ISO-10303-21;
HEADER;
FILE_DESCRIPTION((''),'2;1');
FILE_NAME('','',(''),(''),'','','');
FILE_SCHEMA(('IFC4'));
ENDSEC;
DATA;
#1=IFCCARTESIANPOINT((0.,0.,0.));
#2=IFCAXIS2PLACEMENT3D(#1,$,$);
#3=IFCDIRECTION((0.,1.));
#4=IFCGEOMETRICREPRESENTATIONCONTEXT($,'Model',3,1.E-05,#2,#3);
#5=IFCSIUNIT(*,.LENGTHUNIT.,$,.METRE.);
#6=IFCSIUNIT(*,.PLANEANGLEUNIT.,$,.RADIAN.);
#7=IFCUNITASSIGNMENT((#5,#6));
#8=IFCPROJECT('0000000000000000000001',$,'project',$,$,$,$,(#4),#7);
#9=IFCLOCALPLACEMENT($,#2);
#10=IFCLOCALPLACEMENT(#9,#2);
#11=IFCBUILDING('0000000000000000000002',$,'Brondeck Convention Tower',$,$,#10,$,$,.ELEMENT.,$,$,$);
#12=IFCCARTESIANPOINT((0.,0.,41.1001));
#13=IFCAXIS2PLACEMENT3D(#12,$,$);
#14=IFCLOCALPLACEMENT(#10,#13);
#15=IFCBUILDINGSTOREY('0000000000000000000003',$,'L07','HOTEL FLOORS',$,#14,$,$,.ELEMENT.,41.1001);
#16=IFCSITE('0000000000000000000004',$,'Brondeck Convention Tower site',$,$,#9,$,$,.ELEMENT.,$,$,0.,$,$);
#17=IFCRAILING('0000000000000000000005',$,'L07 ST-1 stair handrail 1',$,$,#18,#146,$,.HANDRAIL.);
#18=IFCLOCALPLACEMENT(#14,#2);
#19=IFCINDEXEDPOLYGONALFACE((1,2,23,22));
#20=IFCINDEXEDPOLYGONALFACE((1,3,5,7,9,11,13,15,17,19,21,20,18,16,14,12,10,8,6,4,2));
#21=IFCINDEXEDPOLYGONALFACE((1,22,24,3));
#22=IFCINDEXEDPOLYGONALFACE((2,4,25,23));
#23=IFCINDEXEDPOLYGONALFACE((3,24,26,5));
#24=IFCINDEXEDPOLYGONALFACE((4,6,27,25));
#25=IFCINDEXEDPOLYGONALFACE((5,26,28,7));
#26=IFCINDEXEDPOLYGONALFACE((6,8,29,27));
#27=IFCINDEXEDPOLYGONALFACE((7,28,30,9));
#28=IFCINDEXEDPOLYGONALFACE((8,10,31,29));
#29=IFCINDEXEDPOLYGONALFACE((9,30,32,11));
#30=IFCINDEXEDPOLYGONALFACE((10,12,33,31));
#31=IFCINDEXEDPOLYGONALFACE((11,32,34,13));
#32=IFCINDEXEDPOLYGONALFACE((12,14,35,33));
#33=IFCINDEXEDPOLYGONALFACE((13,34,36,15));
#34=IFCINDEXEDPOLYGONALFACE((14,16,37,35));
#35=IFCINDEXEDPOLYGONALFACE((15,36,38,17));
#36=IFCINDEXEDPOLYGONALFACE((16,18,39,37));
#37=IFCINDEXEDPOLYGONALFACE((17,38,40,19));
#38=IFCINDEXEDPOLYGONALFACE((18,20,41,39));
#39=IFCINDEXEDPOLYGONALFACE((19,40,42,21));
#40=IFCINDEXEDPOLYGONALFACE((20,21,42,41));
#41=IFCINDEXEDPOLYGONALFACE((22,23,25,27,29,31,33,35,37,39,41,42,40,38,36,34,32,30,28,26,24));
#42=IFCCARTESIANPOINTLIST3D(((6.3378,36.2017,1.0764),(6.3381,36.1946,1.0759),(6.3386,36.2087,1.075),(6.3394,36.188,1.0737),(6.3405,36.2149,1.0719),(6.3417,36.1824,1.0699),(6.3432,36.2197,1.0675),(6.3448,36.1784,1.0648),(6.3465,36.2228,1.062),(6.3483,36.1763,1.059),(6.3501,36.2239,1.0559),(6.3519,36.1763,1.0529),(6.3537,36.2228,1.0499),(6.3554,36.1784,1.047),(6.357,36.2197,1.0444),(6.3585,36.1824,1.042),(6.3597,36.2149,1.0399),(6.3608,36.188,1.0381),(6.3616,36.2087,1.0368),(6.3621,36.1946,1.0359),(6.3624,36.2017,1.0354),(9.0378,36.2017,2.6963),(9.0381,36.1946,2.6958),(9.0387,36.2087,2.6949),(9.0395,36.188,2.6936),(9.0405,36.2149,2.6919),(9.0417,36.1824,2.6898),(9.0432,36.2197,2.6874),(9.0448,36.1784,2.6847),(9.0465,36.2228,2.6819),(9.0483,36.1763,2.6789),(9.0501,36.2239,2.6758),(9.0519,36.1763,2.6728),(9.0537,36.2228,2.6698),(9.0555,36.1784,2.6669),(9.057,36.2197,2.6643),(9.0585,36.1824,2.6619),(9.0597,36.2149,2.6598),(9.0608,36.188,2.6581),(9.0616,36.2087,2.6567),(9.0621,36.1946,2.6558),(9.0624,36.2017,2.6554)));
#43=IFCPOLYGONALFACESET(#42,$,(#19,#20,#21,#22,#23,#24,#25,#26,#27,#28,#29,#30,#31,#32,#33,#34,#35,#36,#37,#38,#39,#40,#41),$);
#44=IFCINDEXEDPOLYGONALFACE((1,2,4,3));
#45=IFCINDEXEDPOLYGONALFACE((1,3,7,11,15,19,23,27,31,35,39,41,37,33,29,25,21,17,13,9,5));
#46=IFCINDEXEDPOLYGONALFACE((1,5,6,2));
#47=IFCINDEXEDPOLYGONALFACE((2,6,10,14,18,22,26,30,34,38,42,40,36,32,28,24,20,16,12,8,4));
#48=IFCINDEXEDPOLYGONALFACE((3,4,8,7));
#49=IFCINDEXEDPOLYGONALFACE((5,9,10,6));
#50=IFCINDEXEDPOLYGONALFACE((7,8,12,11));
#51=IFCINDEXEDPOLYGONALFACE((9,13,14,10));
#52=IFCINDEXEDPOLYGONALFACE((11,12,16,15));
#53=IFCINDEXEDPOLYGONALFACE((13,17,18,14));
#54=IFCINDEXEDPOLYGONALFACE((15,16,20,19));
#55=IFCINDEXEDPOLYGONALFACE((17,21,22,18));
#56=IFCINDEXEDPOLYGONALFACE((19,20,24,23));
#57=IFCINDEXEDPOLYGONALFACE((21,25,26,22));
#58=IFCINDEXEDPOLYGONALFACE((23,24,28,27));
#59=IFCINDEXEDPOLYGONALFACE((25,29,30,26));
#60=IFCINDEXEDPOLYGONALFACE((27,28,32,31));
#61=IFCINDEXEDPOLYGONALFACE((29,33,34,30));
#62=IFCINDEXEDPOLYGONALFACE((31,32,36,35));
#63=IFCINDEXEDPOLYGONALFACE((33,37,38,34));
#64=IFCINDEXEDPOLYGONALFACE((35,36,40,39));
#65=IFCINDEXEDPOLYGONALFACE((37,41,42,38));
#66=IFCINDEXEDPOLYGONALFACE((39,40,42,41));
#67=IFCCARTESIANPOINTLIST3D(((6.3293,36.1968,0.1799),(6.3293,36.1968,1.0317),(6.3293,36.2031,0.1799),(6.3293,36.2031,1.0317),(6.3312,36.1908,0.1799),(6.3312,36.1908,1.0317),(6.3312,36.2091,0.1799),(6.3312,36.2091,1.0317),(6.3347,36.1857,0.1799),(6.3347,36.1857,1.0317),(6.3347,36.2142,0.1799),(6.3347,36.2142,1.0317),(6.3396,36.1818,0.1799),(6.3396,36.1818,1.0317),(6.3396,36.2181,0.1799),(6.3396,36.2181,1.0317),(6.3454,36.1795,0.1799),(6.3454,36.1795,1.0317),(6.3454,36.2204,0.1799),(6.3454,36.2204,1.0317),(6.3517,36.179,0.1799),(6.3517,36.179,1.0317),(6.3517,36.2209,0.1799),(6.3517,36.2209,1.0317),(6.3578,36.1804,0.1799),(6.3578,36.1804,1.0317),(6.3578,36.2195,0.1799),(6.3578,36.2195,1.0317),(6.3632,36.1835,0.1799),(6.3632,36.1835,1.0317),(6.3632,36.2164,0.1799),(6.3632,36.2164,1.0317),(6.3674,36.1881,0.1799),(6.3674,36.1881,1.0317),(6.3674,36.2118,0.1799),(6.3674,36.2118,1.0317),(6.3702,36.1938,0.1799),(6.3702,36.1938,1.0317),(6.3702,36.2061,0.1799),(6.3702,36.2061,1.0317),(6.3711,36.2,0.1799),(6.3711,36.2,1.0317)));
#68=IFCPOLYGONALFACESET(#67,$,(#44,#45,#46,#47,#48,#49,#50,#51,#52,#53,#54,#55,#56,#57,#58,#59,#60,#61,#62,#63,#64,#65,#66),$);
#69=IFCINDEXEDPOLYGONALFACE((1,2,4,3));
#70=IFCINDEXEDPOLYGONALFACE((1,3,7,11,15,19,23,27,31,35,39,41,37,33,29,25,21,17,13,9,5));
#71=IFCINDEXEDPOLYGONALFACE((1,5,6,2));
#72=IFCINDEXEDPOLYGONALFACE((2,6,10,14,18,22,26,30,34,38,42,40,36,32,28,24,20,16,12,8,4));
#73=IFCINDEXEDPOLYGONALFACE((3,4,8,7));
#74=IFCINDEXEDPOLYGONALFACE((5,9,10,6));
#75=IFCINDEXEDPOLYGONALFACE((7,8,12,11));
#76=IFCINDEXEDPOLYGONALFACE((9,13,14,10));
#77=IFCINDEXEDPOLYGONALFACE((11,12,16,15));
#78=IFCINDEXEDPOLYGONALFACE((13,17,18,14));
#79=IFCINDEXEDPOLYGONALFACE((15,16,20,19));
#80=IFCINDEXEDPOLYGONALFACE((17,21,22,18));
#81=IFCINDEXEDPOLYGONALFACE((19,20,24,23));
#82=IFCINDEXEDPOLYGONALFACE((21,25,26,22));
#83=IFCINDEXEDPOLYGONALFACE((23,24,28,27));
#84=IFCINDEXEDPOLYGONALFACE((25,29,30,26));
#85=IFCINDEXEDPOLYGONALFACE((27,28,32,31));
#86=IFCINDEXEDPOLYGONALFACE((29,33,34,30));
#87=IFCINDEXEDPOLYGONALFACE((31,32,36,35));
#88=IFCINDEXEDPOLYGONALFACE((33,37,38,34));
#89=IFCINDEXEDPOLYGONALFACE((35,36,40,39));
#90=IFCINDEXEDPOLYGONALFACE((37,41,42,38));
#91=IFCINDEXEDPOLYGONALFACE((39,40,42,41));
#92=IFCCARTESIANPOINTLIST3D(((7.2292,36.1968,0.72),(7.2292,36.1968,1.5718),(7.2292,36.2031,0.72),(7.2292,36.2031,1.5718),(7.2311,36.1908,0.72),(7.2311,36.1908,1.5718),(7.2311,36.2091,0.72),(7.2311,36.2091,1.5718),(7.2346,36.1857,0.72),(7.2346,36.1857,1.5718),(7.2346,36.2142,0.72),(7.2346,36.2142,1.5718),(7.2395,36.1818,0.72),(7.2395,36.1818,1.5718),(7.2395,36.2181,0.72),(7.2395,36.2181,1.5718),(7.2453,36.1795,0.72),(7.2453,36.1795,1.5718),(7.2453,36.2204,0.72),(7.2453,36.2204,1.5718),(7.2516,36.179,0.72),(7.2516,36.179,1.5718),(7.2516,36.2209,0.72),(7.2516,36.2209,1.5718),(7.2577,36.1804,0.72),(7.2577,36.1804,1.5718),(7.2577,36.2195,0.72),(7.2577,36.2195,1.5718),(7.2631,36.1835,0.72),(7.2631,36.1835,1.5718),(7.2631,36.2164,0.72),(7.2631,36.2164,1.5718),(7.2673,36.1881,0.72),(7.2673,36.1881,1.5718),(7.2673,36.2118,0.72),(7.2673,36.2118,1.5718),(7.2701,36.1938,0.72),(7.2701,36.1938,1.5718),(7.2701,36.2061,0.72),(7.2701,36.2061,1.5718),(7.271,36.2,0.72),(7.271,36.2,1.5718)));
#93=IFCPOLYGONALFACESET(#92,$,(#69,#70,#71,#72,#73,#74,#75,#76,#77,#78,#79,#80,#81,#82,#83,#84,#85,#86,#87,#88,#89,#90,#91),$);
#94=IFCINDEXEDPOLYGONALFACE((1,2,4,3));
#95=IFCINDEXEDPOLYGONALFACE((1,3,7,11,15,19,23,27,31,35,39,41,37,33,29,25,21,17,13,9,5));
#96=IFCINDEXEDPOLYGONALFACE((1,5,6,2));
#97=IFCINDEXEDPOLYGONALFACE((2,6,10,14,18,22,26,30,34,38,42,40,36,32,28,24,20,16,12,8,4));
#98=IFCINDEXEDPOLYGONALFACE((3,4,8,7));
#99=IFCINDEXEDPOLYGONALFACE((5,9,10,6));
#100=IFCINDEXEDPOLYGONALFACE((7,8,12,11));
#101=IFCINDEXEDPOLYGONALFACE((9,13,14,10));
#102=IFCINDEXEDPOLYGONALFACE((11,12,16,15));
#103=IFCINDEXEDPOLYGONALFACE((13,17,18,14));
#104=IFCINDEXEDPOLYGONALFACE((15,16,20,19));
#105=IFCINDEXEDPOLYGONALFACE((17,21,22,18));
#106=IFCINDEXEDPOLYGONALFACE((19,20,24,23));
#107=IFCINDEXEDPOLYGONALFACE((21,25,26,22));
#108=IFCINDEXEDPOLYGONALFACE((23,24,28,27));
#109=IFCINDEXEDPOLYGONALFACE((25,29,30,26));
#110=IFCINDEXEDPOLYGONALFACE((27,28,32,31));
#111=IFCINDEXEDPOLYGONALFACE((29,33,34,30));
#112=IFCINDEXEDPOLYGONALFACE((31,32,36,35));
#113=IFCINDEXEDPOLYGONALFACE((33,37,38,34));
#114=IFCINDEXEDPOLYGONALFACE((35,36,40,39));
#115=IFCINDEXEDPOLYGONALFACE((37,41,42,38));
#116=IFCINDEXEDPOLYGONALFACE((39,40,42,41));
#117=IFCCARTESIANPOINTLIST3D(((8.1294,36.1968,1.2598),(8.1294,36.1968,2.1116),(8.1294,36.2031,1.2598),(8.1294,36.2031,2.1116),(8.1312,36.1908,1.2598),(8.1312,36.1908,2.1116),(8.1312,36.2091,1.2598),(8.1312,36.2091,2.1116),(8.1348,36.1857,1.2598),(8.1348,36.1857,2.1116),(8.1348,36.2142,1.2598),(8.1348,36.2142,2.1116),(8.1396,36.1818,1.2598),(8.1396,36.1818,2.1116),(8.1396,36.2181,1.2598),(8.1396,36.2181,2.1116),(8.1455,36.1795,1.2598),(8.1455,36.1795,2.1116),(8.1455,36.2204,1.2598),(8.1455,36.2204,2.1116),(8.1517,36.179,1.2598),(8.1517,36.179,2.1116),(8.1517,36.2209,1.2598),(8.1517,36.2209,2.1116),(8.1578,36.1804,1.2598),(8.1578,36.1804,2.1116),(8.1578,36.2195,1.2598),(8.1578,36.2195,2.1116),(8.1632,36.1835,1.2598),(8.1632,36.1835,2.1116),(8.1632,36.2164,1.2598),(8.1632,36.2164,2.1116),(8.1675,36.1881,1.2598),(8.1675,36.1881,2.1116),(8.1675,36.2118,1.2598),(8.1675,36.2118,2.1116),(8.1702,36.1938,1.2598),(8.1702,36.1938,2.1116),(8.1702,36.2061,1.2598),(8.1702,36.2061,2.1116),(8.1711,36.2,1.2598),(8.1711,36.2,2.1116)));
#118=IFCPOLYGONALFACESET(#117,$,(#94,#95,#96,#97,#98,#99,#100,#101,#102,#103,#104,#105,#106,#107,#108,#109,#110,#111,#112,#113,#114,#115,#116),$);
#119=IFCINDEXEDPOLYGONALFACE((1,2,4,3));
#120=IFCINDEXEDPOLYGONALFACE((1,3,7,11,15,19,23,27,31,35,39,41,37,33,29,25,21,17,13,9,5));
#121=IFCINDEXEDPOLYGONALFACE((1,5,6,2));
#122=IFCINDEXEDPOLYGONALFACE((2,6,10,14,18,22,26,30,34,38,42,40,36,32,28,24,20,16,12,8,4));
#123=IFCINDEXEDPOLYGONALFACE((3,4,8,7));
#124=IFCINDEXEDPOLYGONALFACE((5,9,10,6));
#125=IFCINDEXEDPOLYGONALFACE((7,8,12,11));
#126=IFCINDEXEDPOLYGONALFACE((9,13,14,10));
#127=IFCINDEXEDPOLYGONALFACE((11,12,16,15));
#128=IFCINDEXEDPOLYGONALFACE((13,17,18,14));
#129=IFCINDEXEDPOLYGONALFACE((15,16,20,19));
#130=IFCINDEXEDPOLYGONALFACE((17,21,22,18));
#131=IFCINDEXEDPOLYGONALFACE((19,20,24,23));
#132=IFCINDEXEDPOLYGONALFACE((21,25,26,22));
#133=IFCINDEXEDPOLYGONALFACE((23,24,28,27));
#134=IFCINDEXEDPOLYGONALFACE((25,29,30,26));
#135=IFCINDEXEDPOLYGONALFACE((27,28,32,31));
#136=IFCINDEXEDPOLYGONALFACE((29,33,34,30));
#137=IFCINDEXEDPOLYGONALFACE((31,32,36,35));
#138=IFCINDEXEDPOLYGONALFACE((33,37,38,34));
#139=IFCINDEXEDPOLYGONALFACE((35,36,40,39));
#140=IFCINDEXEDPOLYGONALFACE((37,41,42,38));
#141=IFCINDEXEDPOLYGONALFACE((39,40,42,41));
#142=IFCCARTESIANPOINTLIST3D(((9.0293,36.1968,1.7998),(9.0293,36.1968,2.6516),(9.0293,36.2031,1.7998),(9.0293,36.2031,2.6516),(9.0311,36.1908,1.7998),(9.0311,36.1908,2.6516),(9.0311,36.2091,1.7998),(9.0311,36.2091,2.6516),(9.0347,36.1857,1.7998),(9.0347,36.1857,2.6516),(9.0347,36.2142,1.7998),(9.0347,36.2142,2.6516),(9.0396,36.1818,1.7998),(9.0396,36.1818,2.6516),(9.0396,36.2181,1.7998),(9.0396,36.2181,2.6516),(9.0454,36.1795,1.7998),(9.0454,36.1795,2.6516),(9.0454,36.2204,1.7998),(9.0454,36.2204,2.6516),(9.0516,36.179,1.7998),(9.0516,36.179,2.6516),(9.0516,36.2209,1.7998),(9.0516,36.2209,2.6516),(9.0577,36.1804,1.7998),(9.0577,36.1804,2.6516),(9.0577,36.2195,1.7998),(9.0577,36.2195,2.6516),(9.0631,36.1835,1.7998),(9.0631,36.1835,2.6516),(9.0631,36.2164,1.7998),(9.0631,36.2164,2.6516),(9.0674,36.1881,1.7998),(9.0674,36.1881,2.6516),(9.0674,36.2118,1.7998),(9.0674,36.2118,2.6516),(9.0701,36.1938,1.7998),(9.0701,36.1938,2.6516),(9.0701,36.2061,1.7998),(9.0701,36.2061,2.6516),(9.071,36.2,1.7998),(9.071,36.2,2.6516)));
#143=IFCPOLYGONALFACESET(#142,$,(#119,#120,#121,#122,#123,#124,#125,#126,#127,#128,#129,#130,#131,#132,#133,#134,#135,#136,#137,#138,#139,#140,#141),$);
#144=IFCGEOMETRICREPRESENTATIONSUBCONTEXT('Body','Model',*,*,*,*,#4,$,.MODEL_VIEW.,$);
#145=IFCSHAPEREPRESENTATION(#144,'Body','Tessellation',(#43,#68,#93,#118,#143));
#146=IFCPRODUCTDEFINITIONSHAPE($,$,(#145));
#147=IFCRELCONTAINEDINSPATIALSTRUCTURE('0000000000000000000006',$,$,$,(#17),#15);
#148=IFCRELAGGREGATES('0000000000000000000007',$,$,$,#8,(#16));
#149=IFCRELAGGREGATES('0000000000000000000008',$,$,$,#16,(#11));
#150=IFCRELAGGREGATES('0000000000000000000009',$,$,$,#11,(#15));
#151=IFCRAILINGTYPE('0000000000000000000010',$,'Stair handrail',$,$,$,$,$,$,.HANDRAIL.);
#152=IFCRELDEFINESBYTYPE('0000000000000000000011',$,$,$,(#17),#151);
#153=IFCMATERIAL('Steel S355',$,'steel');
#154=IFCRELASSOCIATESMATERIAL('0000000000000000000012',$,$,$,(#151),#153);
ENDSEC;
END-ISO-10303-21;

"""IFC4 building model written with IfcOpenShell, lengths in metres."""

from ifc_helpers import new_model, si_unit, direction, frame, origin, origin_2d, place, context, subcontext, project, spatial, circle, extrude, material, type_object, element, save


model = new_model("IFC4")

# Units and contexts
model_context = context("Model", 3, precision=1e-05, world=origin(), true_north=direction((0.0, 1.0)))
body_context = subcontext(model_context, "Body", "Model", "MODEL_VIEW")
ifc_project = project(units=[si_unit("LENGTHUNIT", "METRE"), si_unit("PLANEANGLEUNIT", "RADIAN")], contexts=[model_context])

# Site, building, storey
site_placement = place(None, origin())
site = spatial("IfcSite", under=ifc_project, at=site_placement, Name="Brondeck Convention Tower site", CompositionType="ELEMENT", RefElevation=0.0)
building_placement = place(site_placement, origin())
building = spatial("IfcBuilding", under=site, at=building_placement, Name="Brondeck Convention Tower", CompositionType="ELEMENT")
storey_placement = place(building_placement, frame((0.0, 0.0, 41.1001)))
storey = spatial("IfcBuildingStorey", under=building, at=storey_placement, Name="L07", Description="HOTEL FLOORS", CompositionType="ELEMENT", Elevation=41.1001)

# Railing
ifc_material_1 = material(Name="Steel S355", Category="steel")
railing_type_1 = type_object("IfcRailingType", Name="Stair handrail", PredefinedType="HANDRAIL", material=ifc_material_1)
railing_1_placement = place(storey_placement, frame((6.3501, 36.2, 0.1799)))
element("IfcRailing", 1, at=railing_1_placement, inside=storey, type_object=railing_type_1, Name="L07 ST-1 stair handrail 1", PredefinedType="HANDRAIL", context=body_context, shape_type="SweptSolid", body=[
    extrude(circle(Radius=0.0239, at=origin_2d()), frame((0.0, 0.0, 0.876), z_axis=(0.857507, 0.0, 0.514473), x_axis=(0.0, 1.0, 0.0)), (0.0, 0.0, 1.0), 3.1487),
    extrude(circle(Radius=0.021, at=origin_2d()), origin(), (0.0, 0.0, 1.0), 0.8518),
    extrude(circle(Radius=0.021, at=origin_2d()), frame((0.8999, 0.0, 0.54)), (0.0, 0.0, 1.0), 0.8518),
    extrude(circle(Radius=0.021, at=origin_2d()), frame((1.8, 0.0, 1.0798)), (0.0, 0.0, 1.0), 0.8518),
    extrude(circle(Radius=0.021, at=origin_2d()), frame((2.7, 0.0, 1.6199)), (0.0, 0.0, 1.0), 0.8518),
])

save(model, "model.ifc")
